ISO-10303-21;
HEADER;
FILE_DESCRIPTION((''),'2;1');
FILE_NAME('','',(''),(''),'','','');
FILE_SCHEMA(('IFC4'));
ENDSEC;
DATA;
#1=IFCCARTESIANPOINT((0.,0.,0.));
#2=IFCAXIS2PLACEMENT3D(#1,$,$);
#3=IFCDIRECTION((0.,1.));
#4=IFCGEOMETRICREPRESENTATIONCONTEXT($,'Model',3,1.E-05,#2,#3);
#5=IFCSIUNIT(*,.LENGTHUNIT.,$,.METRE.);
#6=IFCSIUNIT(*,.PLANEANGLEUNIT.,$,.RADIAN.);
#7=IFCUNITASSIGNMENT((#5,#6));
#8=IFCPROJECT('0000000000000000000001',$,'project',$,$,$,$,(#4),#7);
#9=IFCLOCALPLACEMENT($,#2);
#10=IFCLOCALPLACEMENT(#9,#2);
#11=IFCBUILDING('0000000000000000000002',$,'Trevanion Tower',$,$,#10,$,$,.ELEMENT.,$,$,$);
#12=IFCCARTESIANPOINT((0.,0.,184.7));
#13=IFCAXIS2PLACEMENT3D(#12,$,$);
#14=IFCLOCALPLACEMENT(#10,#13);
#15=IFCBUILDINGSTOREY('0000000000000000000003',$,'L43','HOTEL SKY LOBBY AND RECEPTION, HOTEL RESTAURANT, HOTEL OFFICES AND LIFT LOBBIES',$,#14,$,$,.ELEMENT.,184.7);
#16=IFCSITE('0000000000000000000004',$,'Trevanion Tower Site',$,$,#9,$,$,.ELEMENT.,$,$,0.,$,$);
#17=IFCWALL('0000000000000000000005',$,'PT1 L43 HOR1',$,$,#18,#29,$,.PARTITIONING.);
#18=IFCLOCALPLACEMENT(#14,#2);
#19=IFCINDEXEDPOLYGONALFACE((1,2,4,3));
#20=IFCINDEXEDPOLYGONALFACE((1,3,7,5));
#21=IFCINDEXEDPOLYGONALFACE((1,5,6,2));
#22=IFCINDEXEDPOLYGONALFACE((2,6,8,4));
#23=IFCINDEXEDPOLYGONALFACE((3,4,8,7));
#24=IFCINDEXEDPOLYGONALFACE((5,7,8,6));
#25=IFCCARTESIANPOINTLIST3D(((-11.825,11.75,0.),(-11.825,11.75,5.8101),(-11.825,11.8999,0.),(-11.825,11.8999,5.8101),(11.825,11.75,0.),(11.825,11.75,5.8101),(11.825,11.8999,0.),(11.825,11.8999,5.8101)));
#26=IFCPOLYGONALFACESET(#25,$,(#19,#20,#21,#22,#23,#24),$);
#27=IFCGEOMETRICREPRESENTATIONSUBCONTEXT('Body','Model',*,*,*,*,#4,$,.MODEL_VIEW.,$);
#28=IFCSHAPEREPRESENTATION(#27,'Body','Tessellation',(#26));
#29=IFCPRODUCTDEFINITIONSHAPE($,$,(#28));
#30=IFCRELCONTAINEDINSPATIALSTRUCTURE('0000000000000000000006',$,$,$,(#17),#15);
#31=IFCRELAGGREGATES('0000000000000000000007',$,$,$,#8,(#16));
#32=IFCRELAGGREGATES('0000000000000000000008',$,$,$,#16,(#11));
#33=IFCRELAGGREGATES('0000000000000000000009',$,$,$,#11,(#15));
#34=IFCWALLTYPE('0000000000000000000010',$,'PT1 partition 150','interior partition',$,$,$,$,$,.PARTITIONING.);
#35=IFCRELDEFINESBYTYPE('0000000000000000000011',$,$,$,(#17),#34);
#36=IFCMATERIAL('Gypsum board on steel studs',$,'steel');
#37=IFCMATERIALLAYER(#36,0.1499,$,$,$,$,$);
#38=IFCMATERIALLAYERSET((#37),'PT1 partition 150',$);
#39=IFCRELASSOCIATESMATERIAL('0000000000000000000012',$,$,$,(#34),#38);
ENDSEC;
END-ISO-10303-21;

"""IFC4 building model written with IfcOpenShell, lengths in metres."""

from ifc_helpers import new_model, si_unit, direction, frame, frame_2d, origin, place, context, subcontext, project, spatial, rectangle, extrude, material, layer, layer_set, type_object, element, save


model = new_model("IFC4")

# Units and contexts
model_context = context("Model", 3, precision=1e-05, world=origin(), true_north=direction((0.0, 1.0)))
body_context = subcontext(model_context, "Body", "Model", "MODEL_VIEW")
ifc_project = project(units=[si_unit("LENGTHUNIT", "METRE"), si_unit("PLANEANGLEUNIT", "RADIAN")], contexts=[model_context])

# Site, building, storey
site_placement = place(None, origin())
site = spatial("IfcSite", under=ifc_project, at=site_placement, Name="Trevanion Tower Site", CompositionType="ELEMENT", RefElevation=0.0)
building_placement = place(site_placement, origin())
building = spatial("IfcBuilding", under=site, at=building_placement, Name="Trevanion Tower", CompositionType="ELEMENT")
storey_placement = place(building_placement, frame((0.0, 0.0, 184.7)))
storey = spatial("IfcBuildingStorey", under=building, at=storey_placement, Name="L43", Description="HOTEL SKY LOBBY AND RECEPTION, HOTEL RESTAURANT, HOTEL OFFICES AND LIFT LOBBIES", CompositionType="ELEMENT", Elevation=184.7)

# Shared definitions
ifc_material_1 = material(Name="Gypsum board on steel studs", Category="steel")
ifc_layer_1 = layer(ifc_material_1, 0.1499)
ifc_layer_set_1 = layer_set([ifc_layer_1], Name="PT1 partition 150")
wall_type_1 = type_object("IfcWallType", Name="PT1 partition 150", Description="interior partition", PredefinedType="PARTITIONING", material=ifc_layer_set_1)

# Wall
wall_1_placement = place(storey_placement, frame((-11.825, 11.825, 0.0), z_axis=(0.0, 0.0, 1.0), x_axis=(1.0, 0.0, 0.0)))
element("IfcWall", 1, at=wall_1_placement, inside=storey, type_object=wall_type_1, Name="PT1 L43 HOR1", PredefinedType="PARTITIONING", context=body_context, shape_type="SweptSolid", body=[
    extrude(rectangle(XDim=23.6499, YDim=0.1499, at=frame_2d((11.825, 0.0))), origin(), (0.0, 0.0, 1.0), 5.8101),
])

save(model, "model.ifc")
